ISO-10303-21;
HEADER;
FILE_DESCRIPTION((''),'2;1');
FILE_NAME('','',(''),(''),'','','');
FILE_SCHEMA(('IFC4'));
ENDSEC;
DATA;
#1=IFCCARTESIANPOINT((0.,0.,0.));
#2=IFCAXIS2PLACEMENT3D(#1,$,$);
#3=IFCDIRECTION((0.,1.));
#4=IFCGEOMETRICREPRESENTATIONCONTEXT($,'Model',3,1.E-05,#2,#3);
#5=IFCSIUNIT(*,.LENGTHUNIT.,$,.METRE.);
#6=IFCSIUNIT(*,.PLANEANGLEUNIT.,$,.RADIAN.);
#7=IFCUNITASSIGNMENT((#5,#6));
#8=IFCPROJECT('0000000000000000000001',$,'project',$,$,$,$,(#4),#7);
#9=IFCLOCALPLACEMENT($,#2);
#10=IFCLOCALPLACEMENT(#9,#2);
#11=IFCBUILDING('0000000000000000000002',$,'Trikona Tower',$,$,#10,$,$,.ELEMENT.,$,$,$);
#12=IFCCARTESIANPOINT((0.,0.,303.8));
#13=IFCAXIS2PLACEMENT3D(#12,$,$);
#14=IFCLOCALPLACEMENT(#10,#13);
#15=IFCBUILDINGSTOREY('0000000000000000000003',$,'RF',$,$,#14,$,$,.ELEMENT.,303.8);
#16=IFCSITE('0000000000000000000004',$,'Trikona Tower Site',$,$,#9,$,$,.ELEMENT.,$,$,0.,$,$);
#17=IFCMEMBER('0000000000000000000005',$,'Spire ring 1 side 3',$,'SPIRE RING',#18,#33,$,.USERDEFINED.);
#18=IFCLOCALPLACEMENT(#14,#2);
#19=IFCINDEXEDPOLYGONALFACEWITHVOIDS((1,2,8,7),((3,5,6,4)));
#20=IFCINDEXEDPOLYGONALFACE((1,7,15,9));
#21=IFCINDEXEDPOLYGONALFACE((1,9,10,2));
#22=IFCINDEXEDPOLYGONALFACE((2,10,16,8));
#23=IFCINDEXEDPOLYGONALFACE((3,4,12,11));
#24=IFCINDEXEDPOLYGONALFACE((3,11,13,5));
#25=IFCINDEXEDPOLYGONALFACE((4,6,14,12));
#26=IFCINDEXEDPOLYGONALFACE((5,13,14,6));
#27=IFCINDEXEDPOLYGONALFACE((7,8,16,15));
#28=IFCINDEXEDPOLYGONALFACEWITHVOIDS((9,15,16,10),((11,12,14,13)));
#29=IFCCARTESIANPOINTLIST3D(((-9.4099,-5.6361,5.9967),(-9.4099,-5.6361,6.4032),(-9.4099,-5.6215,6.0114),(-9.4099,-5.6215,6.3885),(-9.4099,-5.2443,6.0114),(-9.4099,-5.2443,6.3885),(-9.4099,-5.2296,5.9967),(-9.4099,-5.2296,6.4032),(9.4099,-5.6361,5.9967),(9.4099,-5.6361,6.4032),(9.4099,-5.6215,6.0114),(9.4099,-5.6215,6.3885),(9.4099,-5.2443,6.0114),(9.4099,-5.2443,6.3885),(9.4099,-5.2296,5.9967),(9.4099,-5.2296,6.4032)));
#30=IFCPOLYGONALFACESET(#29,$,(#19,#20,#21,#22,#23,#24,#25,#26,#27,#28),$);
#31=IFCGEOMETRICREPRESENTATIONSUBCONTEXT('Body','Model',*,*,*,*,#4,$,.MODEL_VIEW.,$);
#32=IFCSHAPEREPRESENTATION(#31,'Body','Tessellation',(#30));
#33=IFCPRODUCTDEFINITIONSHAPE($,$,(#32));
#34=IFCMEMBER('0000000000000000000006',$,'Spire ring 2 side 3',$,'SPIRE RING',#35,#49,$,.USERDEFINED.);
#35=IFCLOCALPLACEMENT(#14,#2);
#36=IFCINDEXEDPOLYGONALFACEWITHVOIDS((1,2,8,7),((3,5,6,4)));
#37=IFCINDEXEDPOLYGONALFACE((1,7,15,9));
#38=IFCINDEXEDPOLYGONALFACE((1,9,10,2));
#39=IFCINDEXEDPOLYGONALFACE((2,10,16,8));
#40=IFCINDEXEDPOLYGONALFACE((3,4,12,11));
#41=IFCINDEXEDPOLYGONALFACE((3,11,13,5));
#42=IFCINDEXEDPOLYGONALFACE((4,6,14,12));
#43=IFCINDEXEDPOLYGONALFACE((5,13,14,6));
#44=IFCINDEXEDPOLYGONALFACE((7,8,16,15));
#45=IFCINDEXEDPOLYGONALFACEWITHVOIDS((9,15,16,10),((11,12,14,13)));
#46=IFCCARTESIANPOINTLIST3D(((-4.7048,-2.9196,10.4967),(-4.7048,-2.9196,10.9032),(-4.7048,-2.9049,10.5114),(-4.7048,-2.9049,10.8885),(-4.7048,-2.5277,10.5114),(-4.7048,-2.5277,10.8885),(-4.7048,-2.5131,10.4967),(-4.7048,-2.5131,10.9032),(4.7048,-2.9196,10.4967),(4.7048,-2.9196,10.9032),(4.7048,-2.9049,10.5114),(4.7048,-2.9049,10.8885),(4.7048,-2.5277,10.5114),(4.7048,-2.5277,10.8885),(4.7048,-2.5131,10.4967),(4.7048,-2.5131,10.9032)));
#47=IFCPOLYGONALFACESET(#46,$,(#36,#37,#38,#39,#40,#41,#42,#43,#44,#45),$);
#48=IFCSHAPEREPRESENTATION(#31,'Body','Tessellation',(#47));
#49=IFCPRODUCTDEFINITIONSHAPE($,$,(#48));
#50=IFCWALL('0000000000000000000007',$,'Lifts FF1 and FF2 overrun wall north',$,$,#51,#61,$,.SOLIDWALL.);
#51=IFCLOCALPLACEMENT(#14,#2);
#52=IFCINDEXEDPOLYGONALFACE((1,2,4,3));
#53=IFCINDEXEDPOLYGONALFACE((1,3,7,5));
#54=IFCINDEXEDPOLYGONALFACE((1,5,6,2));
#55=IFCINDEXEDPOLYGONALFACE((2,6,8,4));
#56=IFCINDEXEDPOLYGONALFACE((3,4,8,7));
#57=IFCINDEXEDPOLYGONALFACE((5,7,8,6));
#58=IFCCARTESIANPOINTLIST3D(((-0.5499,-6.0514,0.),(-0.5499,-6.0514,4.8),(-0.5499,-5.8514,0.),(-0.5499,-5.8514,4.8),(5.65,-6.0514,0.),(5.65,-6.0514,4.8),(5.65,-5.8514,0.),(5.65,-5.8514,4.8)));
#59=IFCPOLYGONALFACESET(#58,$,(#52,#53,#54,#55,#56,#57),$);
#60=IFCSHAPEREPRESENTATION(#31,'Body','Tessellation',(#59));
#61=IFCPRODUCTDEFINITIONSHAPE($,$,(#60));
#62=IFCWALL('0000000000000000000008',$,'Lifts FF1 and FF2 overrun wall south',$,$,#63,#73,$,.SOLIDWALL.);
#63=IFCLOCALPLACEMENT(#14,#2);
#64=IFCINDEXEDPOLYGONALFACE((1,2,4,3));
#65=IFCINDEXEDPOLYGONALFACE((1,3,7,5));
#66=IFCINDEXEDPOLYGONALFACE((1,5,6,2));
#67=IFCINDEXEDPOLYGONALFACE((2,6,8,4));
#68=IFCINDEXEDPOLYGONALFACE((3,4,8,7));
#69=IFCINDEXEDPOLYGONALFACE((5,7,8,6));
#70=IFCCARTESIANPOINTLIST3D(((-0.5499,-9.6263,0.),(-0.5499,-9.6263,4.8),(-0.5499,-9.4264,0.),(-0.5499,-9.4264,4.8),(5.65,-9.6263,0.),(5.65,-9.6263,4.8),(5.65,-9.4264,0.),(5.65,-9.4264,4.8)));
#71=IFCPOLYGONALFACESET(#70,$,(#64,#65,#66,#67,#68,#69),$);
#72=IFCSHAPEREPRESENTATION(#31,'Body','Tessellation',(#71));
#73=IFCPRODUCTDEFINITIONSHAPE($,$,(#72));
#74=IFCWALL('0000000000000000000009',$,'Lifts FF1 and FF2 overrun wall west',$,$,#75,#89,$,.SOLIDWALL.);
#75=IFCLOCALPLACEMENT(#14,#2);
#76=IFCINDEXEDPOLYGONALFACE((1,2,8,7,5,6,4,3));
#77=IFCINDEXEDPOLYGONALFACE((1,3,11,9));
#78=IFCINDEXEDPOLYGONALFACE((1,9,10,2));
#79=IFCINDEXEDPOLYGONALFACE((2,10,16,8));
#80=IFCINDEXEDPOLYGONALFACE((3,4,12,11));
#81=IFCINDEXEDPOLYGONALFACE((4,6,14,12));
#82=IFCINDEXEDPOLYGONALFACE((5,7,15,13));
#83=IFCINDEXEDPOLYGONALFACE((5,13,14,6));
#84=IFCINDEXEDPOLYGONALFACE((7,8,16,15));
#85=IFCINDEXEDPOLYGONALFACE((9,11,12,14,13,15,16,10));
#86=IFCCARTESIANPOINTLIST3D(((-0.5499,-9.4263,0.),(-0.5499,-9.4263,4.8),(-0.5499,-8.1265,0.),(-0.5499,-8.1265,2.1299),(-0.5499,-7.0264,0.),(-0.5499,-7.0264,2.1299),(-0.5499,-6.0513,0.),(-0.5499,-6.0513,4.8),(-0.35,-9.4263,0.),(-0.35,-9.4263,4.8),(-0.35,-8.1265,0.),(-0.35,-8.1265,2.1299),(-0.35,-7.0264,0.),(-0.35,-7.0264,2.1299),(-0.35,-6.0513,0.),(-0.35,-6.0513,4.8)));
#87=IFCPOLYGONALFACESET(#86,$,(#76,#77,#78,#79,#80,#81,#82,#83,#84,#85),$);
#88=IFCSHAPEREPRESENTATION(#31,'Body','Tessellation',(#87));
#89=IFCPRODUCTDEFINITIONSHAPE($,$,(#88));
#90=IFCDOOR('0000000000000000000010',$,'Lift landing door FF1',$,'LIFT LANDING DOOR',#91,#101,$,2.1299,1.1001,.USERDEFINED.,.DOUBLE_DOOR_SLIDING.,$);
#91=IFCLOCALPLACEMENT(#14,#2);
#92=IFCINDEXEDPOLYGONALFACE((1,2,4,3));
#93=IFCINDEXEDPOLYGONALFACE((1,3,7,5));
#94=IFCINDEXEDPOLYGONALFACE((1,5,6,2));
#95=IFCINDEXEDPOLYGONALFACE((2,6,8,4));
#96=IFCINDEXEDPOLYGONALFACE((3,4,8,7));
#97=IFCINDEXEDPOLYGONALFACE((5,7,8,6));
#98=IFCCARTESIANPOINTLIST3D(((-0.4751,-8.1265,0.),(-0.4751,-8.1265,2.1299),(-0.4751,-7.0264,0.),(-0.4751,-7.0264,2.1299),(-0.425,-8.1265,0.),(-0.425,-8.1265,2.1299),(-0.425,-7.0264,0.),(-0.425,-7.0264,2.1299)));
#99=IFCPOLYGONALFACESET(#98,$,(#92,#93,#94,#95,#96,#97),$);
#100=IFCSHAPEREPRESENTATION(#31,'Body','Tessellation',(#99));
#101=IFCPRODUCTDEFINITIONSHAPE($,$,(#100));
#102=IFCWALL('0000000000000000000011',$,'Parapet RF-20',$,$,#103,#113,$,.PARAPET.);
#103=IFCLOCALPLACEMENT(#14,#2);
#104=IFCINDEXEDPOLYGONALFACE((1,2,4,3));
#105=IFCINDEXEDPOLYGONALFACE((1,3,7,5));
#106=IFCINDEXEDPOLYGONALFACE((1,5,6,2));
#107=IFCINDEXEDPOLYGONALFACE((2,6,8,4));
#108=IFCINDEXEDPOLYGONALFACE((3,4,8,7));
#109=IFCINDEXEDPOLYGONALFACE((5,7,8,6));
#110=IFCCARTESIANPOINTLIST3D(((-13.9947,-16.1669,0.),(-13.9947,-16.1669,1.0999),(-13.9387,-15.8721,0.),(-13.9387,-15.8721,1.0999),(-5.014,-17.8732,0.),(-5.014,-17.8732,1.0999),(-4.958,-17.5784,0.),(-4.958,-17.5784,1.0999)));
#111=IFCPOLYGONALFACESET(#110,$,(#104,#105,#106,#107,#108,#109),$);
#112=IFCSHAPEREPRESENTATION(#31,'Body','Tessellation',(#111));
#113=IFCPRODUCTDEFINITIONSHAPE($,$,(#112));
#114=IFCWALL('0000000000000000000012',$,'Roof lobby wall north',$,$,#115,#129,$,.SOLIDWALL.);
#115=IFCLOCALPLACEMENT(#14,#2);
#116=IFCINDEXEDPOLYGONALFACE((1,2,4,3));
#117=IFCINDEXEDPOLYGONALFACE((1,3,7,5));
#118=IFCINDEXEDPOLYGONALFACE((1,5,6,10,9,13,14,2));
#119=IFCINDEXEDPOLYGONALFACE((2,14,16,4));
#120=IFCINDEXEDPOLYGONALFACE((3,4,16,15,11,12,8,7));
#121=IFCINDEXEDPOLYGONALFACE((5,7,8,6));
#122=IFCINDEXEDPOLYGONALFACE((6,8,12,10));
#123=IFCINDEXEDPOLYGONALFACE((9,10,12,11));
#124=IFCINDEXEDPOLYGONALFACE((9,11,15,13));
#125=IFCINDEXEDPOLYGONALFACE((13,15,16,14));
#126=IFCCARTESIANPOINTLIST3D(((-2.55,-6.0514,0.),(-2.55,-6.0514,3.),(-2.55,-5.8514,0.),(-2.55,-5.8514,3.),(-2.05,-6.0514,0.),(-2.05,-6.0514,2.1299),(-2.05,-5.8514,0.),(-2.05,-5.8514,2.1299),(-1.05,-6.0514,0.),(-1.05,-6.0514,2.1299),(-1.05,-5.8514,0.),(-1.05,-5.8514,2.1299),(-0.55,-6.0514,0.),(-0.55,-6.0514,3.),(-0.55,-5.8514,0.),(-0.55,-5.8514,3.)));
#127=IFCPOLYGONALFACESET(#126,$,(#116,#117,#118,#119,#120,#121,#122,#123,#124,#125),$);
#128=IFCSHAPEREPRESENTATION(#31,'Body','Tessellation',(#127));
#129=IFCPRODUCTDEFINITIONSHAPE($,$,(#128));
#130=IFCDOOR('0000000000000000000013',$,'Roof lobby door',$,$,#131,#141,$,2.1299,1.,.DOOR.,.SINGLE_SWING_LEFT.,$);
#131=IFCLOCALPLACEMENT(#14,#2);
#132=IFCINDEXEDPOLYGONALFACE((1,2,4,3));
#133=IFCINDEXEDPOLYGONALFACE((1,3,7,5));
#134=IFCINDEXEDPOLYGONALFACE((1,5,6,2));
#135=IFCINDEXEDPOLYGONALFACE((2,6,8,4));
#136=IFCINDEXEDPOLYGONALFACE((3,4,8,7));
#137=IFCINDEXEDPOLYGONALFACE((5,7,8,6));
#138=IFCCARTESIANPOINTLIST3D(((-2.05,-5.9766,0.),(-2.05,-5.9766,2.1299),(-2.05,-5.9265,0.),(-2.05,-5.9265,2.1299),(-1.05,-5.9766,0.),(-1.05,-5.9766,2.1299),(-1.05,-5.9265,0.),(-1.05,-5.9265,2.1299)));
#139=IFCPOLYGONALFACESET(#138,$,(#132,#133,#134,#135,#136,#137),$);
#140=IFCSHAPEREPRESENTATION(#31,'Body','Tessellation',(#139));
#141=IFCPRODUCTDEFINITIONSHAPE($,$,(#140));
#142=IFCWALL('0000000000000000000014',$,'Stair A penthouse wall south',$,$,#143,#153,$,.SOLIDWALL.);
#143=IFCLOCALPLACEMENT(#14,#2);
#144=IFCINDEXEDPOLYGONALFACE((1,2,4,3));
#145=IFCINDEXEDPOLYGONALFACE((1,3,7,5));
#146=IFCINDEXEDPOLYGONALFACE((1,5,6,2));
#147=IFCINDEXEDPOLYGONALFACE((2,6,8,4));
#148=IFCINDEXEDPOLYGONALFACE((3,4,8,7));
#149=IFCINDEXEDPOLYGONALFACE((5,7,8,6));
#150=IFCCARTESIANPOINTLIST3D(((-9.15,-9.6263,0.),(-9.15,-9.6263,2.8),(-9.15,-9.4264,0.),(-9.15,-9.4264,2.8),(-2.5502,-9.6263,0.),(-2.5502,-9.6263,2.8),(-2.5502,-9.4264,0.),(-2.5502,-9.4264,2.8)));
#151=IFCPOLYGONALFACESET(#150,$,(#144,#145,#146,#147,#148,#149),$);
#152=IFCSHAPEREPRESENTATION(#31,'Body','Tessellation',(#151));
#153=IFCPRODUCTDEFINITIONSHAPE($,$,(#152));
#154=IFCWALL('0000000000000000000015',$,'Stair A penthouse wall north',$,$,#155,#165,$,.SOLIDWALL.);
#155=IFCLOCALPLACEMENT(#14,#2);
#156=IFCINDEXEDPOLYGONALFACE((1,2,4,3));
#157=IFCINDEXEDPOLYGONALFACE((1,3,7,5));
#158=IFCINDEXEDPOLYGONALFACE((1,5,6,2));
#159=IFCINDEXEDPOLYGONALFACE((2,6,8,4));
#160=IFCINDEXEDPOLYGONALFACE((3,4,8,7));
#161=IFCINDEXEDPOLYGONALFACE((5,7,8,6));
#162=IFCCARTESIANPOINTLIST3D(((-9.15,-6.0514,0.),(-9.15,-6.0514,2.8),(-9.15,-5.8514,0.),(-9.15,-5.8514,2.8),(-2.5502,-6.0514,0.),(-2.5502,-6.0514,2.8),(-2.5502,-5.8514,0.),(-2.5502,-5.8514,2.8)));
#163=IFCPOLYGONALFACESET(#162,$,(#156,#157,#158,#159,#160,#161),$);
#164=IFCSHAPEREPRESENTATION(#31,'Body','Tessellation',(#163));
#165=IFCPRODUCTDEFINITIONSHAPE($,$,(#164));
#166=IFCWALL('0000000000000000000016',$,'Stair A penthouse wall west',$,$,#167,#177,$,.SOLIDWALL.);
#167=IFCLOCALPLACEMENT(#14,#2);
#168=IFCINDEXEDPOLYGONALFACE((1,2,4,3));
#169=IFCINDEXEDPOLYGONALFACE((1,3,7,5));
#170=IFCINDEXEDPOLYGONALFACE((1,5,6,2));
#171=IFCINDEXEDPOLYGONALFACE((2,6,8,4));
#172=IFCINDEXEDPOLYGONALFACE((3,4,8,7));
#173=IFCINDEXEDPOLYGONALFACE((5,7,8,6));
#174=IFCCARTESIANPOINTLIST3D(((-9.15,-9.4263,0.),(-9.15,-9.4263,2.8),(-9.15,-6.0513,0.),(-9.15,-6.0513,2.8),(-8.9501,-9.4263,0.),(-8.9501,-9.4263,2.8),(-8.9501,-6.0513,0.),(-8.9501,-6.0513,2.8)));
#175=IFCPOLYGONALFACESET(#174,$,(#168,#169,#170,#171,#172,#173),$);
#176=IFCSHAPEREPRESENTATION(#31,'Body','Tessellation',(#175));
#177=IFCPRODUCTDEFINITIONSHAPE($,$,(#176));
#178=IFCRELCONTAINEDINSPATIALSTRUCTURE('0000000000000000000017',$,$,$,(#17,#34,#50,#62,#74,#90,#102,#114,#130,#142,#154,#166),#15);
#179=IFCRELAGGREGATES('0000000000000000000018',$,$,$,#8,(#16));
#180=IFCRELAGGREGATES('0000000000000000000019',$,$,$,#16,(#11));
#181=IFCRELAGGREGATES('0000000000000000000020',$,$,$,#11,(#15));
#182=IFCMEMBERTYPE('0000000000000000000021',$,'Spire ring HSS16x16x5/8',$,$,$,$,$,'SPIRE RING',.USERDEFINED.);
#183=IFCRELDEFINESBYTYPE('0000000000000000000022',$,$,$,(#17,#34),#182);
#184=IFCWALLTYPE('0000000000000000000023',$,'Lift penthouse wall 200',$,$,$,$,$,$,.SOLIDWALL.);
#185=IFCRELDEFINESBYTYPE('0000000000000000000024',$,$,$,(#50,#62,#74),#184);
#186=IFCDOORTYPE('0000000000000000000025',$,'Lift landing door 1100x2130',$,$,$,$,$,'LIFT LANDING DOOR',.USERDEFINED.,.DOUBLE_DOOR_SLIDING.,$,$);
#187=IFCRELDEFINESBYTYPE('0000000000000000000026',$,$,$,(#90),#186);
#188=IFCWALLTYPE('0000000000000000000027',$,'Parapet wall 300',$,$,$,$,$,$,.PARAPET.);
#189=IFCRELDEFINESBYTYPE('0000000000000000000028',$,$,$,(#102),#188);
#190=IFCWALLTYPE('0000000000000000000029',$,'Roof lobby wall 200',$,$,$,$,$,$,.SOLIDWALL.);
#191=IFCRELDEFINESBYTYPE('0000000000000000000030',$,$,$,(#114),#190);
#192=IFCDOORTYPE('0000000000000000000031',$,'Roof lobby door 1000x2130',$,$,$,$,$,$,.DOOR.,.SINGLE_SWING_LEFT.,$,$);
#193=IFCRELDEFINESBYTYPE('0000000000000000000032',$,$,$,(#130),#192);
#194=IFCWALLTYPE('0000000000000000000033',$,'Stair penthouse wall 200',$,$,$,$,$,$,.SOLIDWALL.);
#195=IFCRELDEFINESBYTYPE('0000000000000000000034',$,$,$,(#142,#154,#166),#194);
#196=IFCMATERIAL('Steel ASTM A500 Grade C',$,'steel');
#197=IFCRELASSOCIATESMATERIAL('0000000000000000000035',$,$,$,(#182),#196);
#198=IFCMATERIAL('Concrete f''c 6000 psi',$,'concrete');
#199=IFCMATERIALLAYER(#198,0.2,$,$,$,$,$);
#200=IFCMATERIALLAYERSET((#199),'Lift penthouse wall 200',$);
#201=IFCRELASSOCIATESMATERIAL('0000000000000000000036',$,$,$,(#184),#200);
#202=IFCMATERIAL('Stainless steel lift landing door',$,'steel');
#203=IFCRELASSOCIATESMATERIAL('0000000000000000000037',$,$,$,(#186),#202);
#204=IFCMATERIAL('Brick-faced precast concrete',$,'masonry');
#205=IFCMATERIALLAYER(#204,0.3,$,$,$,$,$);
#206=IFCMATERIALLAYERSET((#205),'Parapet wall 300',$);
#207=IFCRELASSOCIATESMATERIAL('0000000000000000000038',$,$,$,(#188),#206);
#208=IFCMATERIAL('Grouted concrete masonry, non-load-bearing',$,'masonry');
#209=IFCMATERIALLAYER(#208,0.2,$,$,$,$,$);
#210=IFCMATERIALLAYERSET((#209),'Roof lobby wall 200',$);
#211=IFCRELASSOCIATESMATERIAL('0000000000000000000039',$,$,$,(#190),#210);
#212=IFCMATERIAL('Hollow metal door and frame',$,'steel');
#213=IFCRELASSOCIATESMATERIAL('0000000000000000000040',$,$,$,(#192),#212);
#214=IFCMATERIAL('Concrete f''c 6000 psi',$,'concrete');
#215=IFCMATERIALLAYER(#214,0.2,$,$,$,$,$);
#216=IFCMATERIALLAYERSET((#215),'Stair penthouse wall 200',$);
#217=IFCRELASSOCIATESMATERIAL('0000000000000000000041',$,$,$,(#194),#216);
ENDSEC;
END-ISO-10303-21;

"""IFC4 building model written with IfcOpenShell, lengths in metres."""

from ifc_helpers import new_model, si_unit, direction, frame, frame_2d, origin, origin_2d, place, context, subcontext, project, spatial, rectangle, hollow_rectangle, extrude, material, layer, layer_set, material_profile, profile_set, type_object, element, fill, save


model = new_model("IFC4")

# Units and contexts
model_context = context("Model", 3, precision=1e-05, world=origin(), true_north=direction((0.0, 1.0)))
body_context = subcontext(model_context, "Body", "Model", "MODEL_VIEW")
ifc_project = project(units=[si_unit("LENGTHUNIT", "METRE"), si_unit("PLANEANGLEUNIT", "RADIAN")], contexts=[model_context])

# Site, building, storey
site_placement = place(None, origin())
site = spatial("IfcSite", under=ifc_project, at=site_placement, Name="Trikona Tower Site", CompositionType="ELEMENT", RefElevation=0.0)
building_placement = place(site_placement, origin())
building = spatial("IfcBuilding", under=site, at=building_placement, Name="Trikona Tower", CompositionType="ELEMENT")
storey_placement = place(building_placement, frame((0.0, 0.0, 303.8)))
storey = spatial("IfcBuildingStorey", under=building, at=storey_placement, Name="RF", CompositionType="ELEMENT", Elevation=303.8)

# Members
ifc_material_1 = material(Name="Steel ASTM A500 Grade C", Category="steel")
ifc_material_profile_1 = material_profile(ifc_material_1, hollow_rectangle(XDim=0.4065, YDim=0.4065, WallThickness=0.0146, at=origin_2d()), Name="HSS16X16X5/8")
ifc_profile_set_1 = profile_set([ifc_material_profile_1], Name="Steel ASTM A500 Grade C")
member_type_1 = type_object("IfcMemberType", Name="Spire ring HSS16x16x5/8", ElementType="SPIRE RING", PredefinedType="USERDEFINED", material=ifc_profile_set_1)
member_1_placement = place(storey_placement, frame((-9.4099, -5.4329, 6.2), z_axis=(1.0, 0.0, 0.0), x_axis=(0.0, 1.0, 0.0)))
element("IfcMember", 1, at=member_1_placement, inside=storey, type_object=member_type_1, Name="Spire ring 1 side 3", ObjectType="SPIRE RING", PredefinedType="USERDEFINED", context=body_context, shape_type="SweptSolid", body=[
    extrude(hollow_rectangle(XDim=0.4065, YDim=0.4065, WallThickness=0.0146, at=origin_2d()), origin(), (0.0, 0.0, 1.0), 18.8198),
])
member_2_placement = place(storey_placement, frame((-4.7048, -2.7163, 10.7), z_axis=(1.0, 0.0, 0.0), x_axis=(0.0, 1.0, 0.0)))
element("IfcMember", 2, at=member_2_placement, inside=storey, type_object=member_type_1, Name="Spire ring 2 side 3", ObjectType="SPIRE RING", PredefinedType="USERDEFINED", context=body_context, shape_type="SweptSolid", body=[
    extrude(hollow_rectangle(XDim=0.4065, YDim=0.4065, WallThickness=0.0146, at=origin_2d()), origin(), (0.0, 0.0, 1.0), 9.4097),
])

# Walls
ifc_material_2 = material(Name="Concrete f'c 6000 psi", Category="concrete")
ifc_layer_1 = layer(ifc_material_2, 0.2)
ifc_layer_set_1 = layer_set([ifc_layer_1], Name="Lift penthouse wall 200")
wall_type_1 = type_object("IfcWallType", Name="Lift penthouse wall 200", PredefinedType="SOLIDWALL", material=ifc_layer_set_1)
for number, where, z_axis, x_axis, name in (
    (3, (-0.55, -5.9514, 0.0), (0.0, 0.0, 1.0), (1.0, 0.0, 0.0), "Lifts FF1 and FF2 overrun wall north"),
    (4, (-0.55, -9.5264, 0.0), (0.0, 0.0, 1.0), (1.0, 0.0, 0.0), "Lifts FF1 and FF2 overrun wall south"),
):
    element("IfcWall", number, at=place(storey_placement, frame(where, z_axis=z_axis, x_axis=x_axis)), inside=storey, type_object=wall_type_1, Name=name, PredefinedType="SOLIDWALL", context=body_context, shape_type="SweptSolid", body=[
        extrude(rectangle(XDim=6.2, YDim=0.2, at=frame_2d((3.1001, 0.0))), origin(), (0.0, 0.0, 1.0), 4.8),
    ])

# Wall, opening, door
wall_1_placement = place(storey_placement, frame((-0.45, -6.0513, 0.0), z_axis=(0.0, 0.0, 1.0), x_axis=(0.0, -1.0, 0.0)))
wall_1 = element("IfcWall", 5, at=wall_1_placement, inside=storey, type_object=wall_type_1, Name="Lifts FF1 and FF2 overrun wall west", PredefinedType="SOLIDWALL", context=body_context, shape_type="SweptSolid", body=[
    extrude(rectangle(XDim=3.375, YDim=0.2, at=frame_2d((1.6875, 0.0))), origin(), (0.0, 0.0, 1.0), 4.8),
])
opening_1_placement = place(wall_1_placement, frame((0.9751, 0.0, 0.0)))
opening_1 = element("IfcOpeningElement", 6, at=opening_1_placement, cuts=wall_1, PredefinedType="OPENING", context=body_context, shape_type="SweptSolid", body=[
    extrude(rectangle(XDim=1.1001, YDim=2.1299, at=frame_2d((0.55, 1.0649))), frame((0.0, 0.1099, 0.0), z_axis=(0.0, -1.0, 0.0), x_axis=(1.0, 0.0, 0.0)), (0.0, 0.0, 1.0), 0.22),
])
ifc_material_3 = material(Name="Stainless steel lift landing door", Category="steel")
door_type_1 = type_object("IfcDoorType", Name="Lift landing door 1100x2130", ElementType="LIFT LANDING DOOR", OperationType="DOUBLE_DOOR_SLIDING", PredefinedType="USERDEFINED", material=ifc_material_3)
door_1_placement = place(opening_1_placement, origin())
door_1 = element("IfcDoor", 7, at=door_1_placement, inside=storey, type_object=door_type_1, Name="Lift landing door FF1", ObjectType="LIFT LANDING DOOR", OperationType="DOUBLE_DOOR_SLIDING", OverallHeight=2.1299, OverallWidth=1.1001, PredefinedType="USERDEFINED", context=body_context, shape_type="SweptSolid", body=[
    extrude(rectangle(XDim=1.1001, YDim=2.1299, at=frame_2d((0.55, 1.0649))), frame((0.0, 0.0249, 0.0), z_axis=(0.0, -1.0, 0.0), x_axis=(1.0, 0.0, 0.0)), (0.0, 0.0, 1.0), 0.05),
])
fill(opening_1, door_1)

# Wall
ifc_material_4 = material(Name="Brick-faced precast concrete", Category="masonry")
ifc_layer_2 = layer(ifc_material_4, 0.3)
ifc_layer_set_2 = layer_set([ifc_layer_2], Name="Parapet wall 300")
wall_type_2 = type_object("IfcWallType", Name="Parapet wall 300", PredefinedType="PARAPET", material=ifc_layer_set_2)
wall_2_placement = place(storey_placement, frame((-4.9858, -17.7258, 0.0), z_axis=(0.0, 0.0, 1.0), x_axis=(-0.982425, 0.186657, 0.0)))
element("IfcWall", 8, at=wall_2_placement, inside=storey, type_object=wall_type_2, Name="Parapet RF-20", PredefinedType="PARAPET", context=body_context, shape_type="SweptSolid", body=[
    extrude(rectangle(XDim=9.1414, YDim=0.3, at=frame_2d((4.5708, 0.0))), origin(), (0.0, 0.0, 1.0), 1.0999),
])

# Wall, opening, door
ifc_material_5 = material(Name="Grouted concrete masonry, non-load-bearing", Category="masonry")
ifc_layer_3 = layer(ifc_material_5, 0.2)
ifc_layer_set_3 = layer_set([ifc_layer_3], Name="Roof lobby wall 200")
wall_type_3 = type_object("IfcWallType", Name="Roof lobby wall 200", PredefinedType="SOLIDWALL", material=ifc_layer_set_3)
wall_3_placement = place(storey_placement, frame((-2.55, -5.9514, 0.0), z_axis=(0.0, 0.0, 1.0), x_axis=(1.0, 0.0, 0.0)))
wall_3 = element("IfcWall", 9, at=wall_3_placement, inside=storey, type_object=wall_type_3, Name="Roof lobby wall north", PredefinedType="SOLIDWALL", context=body_context, shape_type="SweptSolid", body=[
    extrude(rectangle(XDim=2.0, YDim=0.2, at=frame_2d((1.0, 0.0))), origin(), (0.0, 0.0, 1.0), 3.0),
])
opening_2_placement = place(wall_3_placement, frame((0.5, 0.0, 0.0)))
opening_2 = element("IfcOpeningElement", 10, at=opening_2_placement, cuts=wall_3, PredefinedType="OPENING", context=body_context, shape_type="SweptSolid", body=[
    extrude(rectangle(XDim=1.0, YDim=2.1299, at=frame_2d((0.5, 1.0649))), frame((0.0, 0.1099, 0.0), z_axis=(0.0, -1.0, 0.0), x_axis=(1.0, 0.0, 0.0)), (0.0, 0.0, 1.0), 0.22),
])
ifc_material_6 = material(Name="Hollow metal door and frame", Category="steel")
door_type_2 = type_object("IfcDoorType", Name="Roof lobby door 1000x2130", OperationType="SINGLE_SWING_LEFT", PredefinedType="DOOR", material=ifc_material_6)
door_2_placement = place(opening_2_placement, origin())
door_2 = element("IfcDoor", 11, at=door_2_placement, inside=storey, type_object=door_type_2, Name="Roof lobby door", OperationType="SINGLE_SWING_LEFT", OverallHeight=2.1299, OverallWidth=1.0, PredefinedType="DOOR", context=body_context, shape_type="SweptSolid", body=[
    extrude(rectangle(XDim=1.0, YDim=2.1299, at=frame_2d((0.5, 1.0649))), frame((0.0, 0.0249, 0.0), z_axis=(0.0, -1.0, 0.0), x_axis=(1.0, 0.0, 0.0)), (0.0, 0.0, 1.0), 0.05),
])
fill(opening_2, door_2)

# Walls
ifc_material_7 = material(Name="Concrete f'c 6000 psi", Category="concrete")
ifc_layer_4 = layer(ifc_material_7, 0.2)
ifc_layer_set_4 = layer_set([ifc_layer_4], Name="Stair penthouse wall 200")
wall_type_4 = type_object("IfcWallType", Name="Stair penthouse wall 200", PredefinedType="SOLIDWALL", material=ifc_layer_set_4)
for number, where, z_axis, x_axis, name in (
    (12, (-9.1499, -9.5264, 0.0), (0.0, 0.0, 1.0), (1.0, 0.0, 0.0), "Stair A penthouse wall south"),
    (13, (-9.1499, -5.9514, 0.0), (0.0, 0.0, 1.0), (1.0, 0.0, 0.0), "Stair A penthouse wall north"),
):
    element("IfcWall", number, at=place(storey_placement, frame(where, z_axis=z_axis, x_axis=x_axis)), inside=storey, type_object=wall_type_4, Name=name, PredefinedType="SOLIDWALL", context=body_context, shape_type="SweptSolid", body=[
        extrude(rectangle(XDim=6.5999, YDim=0.2, at=frame_2d((3.2998, 0.0))), origin(), (0.0, 0.0, 1.0), 2.8),
    ])
wall_4_placement = place(storey_placement, frame((-9.05, -6.0513, 0.0), z_axis=(0.0, 0.0, 1.0), x_axis=(0.0, -1.0, 0.0)))
element("IfcWall", 14, at=wall_4_placement, inside=storey, type_object=wall_type_4, Name="Stair A penthouse wall west", PredefinedType="SOLIDWALL", context=body_context, shape_type="SweptSolid", body=[
    extrude(rectangle(XDim=3.375, YDim=0.2, at=frame_2d((1.6875, 0.0))), origin(), (0.0, 0.0, 1.0), 2.8),
])

save(model, "model.ifc")
